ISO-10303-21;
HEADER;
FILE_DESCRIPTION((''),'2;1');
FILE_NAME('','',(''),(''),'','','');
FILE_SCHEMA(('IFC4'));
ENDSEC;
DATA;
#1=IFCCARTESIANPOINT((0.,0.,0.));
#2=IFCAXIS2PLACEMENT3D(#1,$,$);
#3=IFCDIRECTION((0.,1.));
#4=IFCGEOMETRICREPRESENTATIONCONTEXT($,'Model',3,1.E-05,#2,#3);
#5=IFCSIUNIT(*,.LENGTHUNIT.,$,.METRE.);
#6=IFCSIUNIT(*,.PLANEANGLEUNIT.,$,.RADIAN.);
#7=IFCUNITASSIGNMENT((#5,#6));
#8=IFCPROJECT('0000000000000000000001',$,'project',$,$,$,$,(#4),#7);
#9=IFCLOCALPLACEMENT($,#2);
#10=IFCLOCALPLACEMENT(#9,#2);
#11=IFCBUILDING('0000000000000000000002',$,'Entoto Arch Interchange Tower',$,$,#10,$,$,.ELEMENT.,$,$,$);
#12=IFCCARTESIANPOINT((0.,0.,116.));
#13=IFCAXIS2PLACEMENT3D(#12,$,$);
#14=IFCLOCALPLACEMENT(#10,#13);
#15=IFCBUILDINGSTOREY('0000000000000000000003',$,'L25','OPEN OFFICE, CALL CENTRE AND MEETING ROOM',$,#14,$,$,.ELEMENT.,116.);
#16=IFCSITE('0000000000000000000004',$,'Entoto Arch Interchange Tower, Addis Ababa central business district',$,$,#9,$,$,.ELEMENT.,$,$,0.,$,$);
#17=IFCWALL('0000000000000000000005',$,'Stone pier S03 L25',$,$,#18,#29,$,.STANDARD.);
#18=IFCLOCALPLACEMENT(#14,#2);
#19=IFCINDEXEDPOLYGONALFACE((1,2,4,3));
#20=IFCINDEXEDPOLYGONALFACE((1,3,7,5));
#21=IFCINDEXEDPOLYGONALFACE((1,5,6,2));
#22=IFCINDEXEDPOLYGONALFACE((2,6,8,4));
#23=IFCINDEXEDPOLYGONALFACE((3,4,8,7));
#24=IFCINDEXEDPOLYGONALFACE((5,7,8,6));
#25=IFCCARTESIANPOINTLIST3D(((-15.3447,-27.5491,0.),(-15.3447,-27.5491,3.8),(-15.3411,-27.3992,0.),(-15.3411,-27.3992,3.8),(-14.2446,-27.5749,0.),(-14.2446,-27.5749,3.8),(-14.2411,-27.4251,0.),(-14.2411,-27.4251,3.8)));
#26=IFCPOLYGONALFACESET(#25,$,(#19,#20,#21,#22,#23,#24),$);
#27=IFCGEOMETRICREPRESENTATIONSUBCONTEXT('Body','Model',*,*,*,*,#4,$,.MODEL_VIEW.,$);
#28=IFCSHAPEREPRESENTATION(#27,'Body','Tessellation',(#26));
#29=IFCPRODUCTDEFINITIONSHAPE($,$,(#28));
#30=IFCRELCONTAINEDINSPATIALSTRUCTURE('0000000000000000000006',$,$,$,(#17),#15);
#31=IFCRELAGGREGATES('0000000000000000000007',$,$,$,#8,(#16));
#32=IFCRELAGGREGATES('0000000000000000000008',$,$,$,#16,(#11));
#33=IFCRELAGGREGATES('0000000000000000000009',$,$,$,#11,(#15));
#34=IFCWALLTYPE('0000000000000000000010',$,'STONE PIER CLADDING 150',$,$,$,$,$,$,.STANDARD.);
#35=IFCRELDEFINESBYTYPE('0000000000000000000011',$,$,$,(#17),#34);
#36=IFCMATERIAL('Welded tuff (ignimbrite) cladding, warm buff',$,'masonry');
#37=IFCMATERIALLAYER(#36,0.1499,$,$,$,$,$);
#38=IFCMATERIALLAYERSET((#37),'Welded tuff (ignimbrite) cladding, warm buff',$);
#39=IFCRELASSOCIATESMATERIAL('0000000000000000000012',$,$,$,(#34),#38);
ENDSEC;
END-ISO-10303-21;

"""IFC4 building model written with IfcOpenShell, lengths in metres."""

from ifc_helpers import new_model, si_unit, direction, frame, frame_2d, origin, place, context, subcontext, project, spatial, rectangle, extrude, material, layer, layer_set, type_object, element, save


model = new_model("IFC4")

# Units and contexts
model_context = context("Model", 3, precision=1e-05, world=origin(), true_north=direction((0.0, 1.0)))
body_context = subcontext(model_context, "Body", "Model", "MODEL_VIEW")
ifc_project = project(units=[si_unit("LENGTHUNIT", "METRE"), si_unit("PLANEANGLEUNIT", "RADIAN")], contexts=[model_context])

# Site, building, storey
site_placement = place(None, origin())
site = spatial("IfcSite", under=ifc_project, at=site_placement, Name="Entoto Arch Interchange Tower, Addis Ababa central business district", CompositionType="ELEMENT", RefElevation=0.0)
building_placement = place(site_placement, origin())
building = spatial("IfcBuilding", under=site, at=building_placement, Name="Entoto Arch Interchange Tower", CompositionType="ELEMENT")
storey_placement = place(building_placement, frame((0.0, 0.0, 116.0)))
storey = spatial("IfcBuildingStorey", under=building, at=storey_placement, Name="L25", Description="OPEN OFFICE, CALL CENTRE AND MEETING ROOM", CompositionType="ELEMENT", Elevation=116.0)

# Shared definitions
ifc_material_1 = material(Name="Welded tuff (ignimbrite) cladding, warm buff", Category="masonry")

# Wall
ifc_layer_1 = layer(ifc_material_1, 0.1499)
ifc_layer_set_1 = layer_set([ifc_layer_1], Name="Welded tuff (ignimbrite) cladding, warm buff")
wall_type_1 = type_object("IfcWallType", Name="STONE PIER CLADDING 150", PredefinedType="STANDARD", material=ifc_layer_set_1)
wall_1_placement = place(storey_placement, frame((-15.343, -27.4741, 0.0), z_axis=(0.0, 0.0, 1.0), x_axis=(0.999723, -0.023518, 0.0)))
element("IfcWall", 1, at=wall_1_placement, inside=storey, type_object=wall_type_1, Name="Stone pier S03 L25", PredefinedType="STANDARD", context=body_context, shape_type="SweptSolid", body=[
    extrude(rectangle(XDim=1.1003, YDim=0.1499, at=frame_2d((0.5503, 0.0))), origin(), (0.0, 0.0, 1.0), 3.8),
])

save(model, "model.ifc")
